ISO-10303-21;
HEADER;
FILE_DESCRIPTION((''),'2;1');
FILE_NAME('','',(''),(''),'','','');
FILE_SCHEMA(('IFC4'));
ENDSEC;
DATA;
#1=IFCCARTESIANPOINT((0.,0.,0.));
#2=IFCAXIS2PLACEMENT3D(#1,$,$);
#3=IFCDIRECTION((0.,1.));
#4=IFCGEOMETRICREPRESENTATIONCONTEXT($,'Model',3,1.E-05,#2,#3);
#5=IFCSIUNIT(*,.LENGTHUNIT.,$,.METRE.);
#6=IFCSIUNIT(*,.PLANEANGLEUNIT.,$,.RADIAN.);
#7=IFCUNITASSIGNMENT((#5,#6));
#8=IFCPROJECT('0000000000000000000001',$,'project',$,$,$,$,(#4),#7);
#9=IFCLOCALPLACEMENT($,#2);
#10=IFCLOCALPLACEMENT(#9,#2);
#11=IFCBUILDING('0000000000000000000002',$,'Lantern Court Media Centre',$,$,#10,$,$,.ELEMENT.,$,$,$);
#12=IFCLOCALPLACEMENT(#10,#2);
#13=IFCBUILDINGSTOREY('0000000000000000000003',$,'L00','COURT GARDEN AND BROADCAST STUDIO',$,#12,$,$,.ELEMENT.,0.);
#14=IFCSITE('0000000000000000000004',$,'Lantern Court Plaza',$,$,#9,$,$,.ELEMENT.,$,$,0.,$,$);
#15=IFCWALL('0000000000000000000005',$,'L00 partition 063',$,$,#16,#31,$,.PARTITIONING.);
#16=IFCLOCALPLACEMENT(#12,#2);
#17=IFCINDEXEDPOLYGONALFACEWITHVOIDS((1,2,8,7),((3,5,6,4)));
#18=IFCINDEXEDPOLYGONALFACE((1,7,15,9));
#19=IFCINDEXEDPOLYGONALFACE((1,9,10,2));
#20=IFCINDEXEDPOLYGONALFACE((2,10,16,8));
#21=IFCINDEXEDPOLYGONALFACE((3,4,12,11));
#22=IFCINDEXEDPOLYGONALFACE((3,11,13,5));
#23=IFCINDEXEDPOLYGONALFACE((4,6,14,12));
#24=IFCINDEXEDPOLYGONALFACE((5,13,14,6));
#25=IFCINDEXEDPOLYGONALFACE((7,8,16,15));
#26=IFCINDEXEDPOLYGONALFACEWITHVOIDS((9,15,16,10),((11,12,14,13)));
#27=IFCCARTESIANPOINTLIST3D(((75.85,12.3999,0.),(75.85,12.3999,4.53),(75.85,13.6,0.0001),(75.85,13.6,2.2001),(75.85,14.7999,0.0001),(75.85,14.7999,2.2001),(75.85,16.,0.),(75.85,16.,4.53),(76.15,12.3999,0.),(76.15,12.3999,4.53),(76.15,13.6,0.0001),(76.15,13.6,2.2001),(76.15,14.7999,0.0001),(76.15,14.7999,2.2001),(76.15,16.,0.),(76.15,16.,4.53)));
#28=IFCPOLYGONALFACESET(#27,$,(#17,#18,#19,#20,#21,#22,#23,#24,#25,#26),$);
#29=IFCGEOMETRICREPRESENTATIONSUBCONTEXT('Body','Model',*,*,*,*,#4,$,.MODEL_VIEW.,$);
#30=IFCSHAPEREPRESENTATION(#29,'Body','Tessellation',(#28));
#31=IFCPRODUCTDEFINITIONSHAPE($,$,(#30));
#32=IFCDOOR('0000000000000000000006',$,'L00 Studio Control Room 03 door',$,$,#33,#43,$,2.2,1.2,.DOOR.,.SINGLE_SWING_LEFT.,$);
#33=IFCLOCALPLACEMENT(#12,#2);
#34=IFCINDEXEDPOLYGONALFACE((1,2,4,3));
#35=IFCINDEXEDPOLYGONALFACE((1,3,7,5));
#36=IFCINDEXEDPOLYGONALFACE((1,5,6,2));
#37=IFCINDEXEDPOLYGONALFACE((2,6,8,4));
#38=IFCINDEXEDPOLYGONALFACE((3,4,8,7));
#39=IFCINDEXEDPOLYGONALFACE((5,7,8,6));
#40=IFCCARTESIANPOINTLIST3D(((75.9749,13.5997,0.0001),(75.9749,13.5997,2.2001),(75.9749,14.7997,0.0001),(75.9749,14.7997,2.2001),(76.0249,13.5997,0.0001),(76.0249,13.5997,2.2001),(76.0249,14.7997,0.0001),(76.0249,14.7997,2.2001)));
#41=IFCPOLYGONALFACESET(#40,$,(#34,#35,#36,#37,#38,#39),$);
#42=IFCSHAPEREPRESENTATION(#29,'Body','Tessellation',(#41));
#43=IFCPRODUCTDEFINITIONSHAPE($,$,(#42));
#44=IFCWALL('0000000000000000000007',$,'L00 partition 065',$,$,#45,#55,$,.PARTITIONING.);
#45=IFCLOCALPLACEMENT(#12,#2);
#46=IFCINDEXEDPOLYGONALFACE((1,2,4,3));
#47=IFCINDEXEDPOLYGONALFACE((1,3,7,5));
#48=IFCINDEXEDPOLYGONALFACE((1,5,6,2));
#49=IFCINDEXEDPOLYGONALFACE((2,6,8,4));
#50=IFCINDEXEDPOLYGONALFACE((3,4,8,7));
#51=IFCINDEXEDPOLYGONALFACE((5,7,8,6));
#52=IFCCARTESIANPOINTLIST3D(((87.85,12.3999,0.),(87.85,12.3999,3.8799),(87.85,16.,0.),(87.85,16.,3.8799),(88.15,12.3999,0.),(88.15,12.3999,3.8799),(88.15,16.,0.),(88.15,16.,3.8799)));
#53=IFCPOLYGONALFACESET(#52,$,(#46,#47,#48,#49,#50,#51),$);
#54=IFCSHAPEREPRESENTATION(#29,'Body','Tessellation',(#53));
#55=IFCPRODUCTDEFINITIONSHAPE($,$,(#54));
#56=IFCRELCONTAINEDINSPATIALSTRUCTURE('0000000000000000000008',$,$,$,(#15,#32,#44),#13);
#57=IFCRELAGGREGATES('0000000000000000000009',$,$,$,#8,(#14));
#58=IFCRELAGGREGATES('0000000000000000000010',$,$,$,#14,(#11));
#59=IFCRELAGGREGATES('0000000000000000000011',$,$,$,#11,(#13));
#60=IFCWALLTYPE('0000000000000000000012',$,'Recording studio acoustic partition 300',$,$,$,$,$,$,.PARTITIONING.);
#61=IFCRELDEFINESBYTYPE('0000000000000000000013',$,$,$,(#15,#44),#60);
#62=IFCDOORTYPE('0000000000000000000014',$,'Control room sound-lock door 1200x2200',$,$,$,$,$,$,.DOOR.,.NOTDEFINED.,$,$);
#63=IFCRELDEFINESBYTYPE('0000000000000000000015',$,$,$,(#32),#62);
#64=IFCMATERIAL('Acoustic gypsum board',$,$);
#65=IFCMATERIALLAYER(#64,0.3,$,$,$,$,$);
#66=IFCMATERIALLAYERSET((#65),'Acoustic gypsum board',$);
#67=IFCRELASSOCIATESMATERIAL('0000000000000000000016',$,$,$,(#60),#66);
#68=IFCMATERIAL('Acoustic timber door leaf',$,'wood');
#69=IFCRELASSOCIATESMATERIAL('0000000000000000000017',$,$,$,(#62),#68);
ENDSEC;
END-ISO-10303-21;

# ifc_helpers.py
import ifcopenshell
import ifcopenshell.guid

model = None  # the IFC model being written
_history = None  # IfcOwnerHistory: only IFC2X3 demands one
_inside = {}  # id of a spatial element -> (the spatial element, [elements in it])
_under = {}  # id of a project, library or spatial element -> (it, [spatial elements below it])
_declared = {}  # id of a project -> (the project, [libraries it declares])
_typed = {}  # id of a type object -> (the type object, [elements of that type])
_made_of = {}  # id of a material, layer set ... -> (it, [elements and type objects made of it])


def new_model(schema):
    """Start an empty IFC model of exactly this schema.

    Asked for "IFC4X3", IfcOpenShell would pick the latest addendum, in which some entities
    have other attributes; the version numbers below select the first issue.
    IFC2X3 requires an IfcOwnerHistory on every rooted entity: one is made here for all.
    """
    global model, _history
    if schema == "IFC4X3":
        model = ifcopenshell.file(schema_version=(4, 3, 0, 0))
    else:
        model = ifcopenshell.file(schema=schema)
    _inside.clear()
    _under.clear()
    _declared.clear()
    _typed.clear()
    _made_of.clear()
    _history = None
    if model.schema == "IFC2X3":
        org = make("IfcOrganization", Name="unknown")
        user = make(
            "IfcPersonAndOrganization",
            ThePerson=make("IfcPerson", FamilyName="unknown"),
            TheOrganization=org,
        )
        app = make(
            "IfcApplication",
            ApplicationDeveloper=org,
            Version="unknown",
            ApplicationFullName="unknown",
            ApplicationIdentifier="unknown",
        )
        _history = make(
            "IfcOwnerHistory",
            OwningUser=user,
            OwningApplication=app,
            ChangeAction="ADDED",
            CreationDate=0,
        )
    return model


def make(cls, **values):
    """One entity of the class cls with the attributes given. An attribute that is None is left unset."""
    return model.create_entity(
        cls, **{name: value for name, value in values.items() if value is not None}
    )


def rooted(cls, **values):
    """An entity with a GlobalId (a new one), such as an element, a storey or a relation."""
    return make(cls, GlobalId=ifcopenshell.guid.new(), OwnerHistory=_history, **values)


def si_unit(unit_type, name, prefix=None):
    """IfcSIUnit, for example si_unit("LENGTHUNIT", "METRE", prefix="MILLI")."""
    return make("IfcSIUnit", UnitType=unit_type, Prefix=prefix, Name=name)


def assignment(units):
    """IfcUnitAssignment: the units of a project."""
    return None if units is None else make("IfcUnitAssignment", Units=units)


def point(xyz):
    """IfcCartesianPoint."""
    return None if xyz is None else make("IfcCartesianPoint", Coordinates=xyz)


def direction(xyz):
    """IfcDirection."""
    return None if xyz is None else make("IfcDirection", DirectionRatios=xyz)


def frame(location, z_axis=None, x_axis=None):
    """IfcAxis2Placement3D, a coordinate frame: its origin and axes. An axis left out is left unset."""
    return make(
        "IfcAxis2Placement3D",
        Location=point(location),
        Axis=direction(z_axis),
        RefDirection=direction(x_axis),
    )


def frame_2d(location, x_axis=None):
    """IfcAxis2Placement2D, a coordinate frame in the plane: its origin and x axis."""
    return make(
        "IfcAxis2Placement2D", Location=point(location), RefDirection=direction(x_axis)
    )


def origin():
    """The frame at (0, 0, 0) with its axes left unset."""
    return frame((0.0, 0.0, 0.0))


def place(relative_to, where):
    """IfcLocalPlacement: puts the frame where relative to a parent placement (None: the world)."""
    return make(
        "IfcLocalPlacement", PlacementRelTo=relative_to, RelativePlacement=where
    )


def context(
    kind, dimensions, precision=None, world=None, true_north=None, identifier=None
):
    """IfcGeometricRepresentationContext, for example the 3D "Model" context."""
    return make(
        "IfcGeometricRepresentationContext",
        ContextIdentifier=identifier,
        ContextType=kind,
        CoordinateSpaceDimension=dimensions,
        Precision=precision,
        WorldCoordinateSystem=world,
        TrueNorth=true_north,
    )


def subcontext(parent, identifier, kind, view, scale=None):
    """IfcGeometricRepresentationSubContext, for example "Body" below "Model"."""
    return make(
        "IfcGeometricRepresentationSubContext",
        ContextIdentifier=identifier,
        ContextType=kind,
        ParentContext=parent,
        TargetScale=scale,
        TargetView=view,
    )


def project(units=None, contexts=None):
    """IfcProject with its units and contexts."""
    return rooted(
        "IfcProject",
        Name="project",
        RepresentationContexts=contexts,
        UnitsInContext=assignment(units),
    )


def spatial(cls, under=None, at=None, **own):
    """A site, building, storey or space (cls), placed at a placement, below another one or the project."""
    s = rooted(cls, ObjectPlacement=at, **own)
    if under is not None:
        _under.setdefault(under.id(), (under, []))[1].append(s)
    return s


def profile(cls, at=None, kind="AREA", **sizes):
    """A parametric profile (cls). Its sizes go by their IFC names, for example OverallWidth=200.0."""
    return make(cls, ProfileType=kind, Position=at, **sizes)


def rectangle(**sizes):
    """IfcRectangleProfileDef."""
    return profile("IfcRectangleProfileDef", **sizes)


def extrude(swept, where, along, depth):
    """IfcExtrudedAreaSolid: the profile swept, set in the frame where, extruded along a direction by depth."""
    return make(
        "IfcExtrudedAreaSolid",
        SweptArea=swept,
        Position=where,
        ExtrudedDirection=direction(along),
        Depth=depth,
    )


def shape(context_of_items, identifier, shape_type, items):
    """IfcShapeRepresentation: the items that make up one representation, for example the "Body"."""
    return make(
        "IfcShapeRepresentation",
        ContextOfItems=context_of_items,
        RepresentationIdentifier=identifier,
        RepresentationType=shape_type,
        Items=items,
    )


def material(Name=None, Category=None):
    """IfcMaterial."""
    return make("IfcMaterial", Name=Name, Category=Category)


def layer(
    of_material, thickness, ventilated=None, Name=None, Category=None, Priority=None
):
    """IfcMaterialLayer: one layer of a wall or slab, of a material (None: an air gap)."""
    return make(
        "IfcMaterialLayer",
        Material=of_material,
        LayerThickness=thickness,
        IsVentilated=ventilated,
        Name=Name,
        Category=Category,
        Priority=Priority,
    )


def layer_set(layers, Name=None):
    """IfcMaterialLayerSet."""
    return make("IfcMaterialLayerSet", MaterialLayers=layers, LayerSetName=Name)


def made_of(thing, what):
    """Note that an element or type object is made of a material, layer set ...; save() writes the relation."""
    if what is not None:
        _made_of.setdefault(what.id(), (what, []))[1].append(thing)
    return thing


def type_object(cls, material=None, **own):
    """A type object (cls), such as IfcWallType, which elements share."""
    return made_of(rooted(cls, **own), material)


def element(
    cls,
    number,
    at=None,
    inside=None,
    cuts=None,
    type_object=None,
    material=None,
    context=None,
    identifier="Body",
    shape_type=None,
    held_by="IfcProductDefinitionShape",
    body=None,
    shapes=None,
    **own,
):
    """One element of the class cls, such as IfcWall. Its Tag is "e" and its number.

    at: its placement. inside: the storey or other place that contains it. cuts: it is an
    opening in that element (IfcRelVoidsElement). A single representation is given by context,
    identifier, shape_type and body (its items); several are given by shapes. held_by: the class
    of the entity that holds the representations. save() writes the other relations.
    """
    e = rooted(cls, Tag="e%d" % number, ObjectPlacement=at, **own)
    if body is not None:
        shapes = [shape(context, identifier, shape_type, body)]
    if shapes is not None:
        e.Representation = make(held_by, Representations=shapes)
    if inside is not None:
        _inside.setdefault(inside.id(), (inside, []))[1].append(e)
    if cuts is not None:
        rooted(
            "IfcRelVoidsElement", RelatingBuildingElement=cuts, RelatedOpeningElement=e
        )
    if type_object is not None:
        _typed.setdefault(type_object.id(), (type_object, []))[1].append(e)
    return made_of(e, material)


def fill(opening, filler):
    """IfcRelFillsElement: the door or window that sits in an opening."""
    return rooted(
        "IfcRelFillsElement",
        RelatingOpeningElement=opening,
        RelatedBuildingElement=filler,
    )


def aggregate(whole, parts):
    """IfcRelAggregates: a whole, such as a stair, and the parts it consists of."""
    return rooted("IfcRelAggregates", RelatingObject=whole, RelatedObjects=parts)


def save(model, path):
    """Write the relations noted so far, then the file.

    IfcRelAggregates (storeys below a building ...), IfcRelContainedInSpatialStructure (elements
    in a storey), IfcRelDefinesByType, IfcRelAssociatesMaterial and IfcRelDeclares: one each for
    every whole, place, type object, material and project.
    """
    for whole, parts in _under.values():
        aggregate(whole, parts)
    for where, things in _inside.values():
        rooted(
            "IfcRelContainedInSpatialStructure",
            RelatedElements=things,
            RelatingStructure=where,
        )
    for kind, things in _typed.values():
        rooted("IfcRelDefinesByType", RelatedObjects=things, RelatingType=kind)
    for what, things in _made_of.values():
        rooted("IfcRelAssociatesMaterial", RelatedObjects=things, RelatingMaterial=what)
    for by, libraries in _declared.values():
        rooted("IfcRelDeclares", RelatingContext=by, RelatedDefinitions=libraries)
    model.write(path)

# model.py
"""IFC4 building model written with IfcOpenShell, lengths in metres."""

from ifc_helpers import new_model, si_unit, direction, frame, frame_2d, origin, place, context, subcontext, project, spatial, rectangle, extrude, material, layer, layer_set, type_object, element, fill, save


model = new_model("IFC4")

# Units and contexts
model_context = context("Model", 3, precision=1e-05, world=origin(), true_north=direction((0.0, 1.0)))
body_context = subcontext(model_context, "Body", "Model", "MODEL_VIEW")
ifc_project = project(units=[si_unit("LENGTHUNIT", "METRE"), si_unit("PLANEANGLEUNIT", "RADIAN")], contexts=[model_context])

# Site, building, storey
site_placement = place(None, origin())
site = spatial("IfcSite", under=ifc_project, at=site_placement, Name="Lantern Court Plaza", CompositionType="ELEMENT", RefElevation=0.0)
building_placement = place(site_placement, origin())
building = spatial("IfcBuilding", under=site, at=building_placement, Name="Lantern Court Media Centre", CompositionType="ELEMENT")
storey_placement = place(building_placement, origin())
storey = spatial("IfcBuildingStorey", under=building, at=storey_placement, Name="L00", Description="COURT GARDEN AND BROADCAST STUDIO", CompositionType="ELEMENT", Elevation=0.0)

# Wall, opening, door
ifc_material_1 = material(Name="Acoustic gypsum board")
ifc_layer_1 = layer(ifc_material_1, 0.3)
ifc_layer_set_1 = layer_set([ifc_layer_1], Name="Acoustic gypsum board")
wall_type_1 = type_object("IfcWallType", Name="Recording studio acoustic partition 300", PredefinedType="PARTITIONING", material=ifc_layer_set_1)
wall_1_placement = place(storey_placement, frame((76.0, 12.3999, 0.0), z_axis=(0.0, 0.0, 1.0), x_axis=(0.0, 1.0, 0.0)))
wall_1 = element("IfcWall", 1, at=wall_1_placement, inside=storey, type_object=wall_type_1, Name="L00 partition 063", PredefinedType="PARTITIONING", context=body_context, shape_type="SweptSolid", body=[
    extrude(rectangle(XDim=3.6001, YDim=0.3, at=frame_2d((1.8, 0.0))), origin(), (0.0, 0.0, 1.0), 4.53),
])
opening_1_placement = place(wall_1_placement, frame((1.2, 0.0, 0.0)))
opening_1 = element("IfcOpeningElement", 2, at=opening_1_placement, cuts=wall_1, PredefinedType="OPENING", context=body_context, shape_type="SweptSolid", body=[
    extrude(rectangle(XDim=1.2, YDim=2.2, at=frame_2d((0.6001, 1.1001))), frame((0.0, 0.1599, 0.0), z_axis=(0.0, -1.0, 0.0), x_axis=(1.0, 0.0, 0.0)), (0.0, 0.0, 1.0), 0.3201),
])
ifc_material_2 = material(Name="Acoustic timber door leaf", Category="wood")
door_type_1 = type_object("IfcDoorType", Name="Control room sound-lock door 1200x2200", OperationType="NOTDEFINED", PredefinedType="DOOR", material=ifc_material_2)
door_1_placement = place(opening_1_placement, frame((1.2, 0.0, 0.0), z_axis=(0.0, 0.0, 1.0), x_axis=(-1.0, 0.0, 0.0)))
door_1 = element("IfcDoor", 3, at=door_1_placement, inside=storey, type_object=door_type_1, Name="L00 Studio Control Room 03 door", OperationType="SINGLE_SWING_LEFT", OverallHeight=2.2, OverallWidth=1.2, PredefinedType="DOOR", context=body_context, shape_type="SweptSolid", body=[
    extrude(rectangle(XDim=1.2, YDim=2.2, at=frame_2d((0.6001, 1.1001))), frame((0.0, 0.0249, 0.0), z_axis=(0.0, -1.0, 0.0), x_axis=(1.0, 0.0, 0.0)), (0.0, 0.0, 1.0), 0.05),
])
fill(opening_1, door_1)

# Wall
wall_2_placement = place(storey_placement, frame((88.0, 12.3999, 0.0), z_axis=(0.0, 0.0, 1.0), x_axis=(0.0, 1.0, 0.0)))
element("IfcWall", 4, at=wall_2_placement, inside=storey, type_object=wall_type_1, Name="L00 partition 065", PredefinedType="PARTITIONING", context=body_context, shape_type="SweptSolid", body=[
    extrude(rectangle(XDim=3.6001, YDim=0.3, at=frame_2d((1.8, 0.0))), origin(), (0.0, 0.0, 1.0), 3.8799),
])

save(model, "model.ifc")
